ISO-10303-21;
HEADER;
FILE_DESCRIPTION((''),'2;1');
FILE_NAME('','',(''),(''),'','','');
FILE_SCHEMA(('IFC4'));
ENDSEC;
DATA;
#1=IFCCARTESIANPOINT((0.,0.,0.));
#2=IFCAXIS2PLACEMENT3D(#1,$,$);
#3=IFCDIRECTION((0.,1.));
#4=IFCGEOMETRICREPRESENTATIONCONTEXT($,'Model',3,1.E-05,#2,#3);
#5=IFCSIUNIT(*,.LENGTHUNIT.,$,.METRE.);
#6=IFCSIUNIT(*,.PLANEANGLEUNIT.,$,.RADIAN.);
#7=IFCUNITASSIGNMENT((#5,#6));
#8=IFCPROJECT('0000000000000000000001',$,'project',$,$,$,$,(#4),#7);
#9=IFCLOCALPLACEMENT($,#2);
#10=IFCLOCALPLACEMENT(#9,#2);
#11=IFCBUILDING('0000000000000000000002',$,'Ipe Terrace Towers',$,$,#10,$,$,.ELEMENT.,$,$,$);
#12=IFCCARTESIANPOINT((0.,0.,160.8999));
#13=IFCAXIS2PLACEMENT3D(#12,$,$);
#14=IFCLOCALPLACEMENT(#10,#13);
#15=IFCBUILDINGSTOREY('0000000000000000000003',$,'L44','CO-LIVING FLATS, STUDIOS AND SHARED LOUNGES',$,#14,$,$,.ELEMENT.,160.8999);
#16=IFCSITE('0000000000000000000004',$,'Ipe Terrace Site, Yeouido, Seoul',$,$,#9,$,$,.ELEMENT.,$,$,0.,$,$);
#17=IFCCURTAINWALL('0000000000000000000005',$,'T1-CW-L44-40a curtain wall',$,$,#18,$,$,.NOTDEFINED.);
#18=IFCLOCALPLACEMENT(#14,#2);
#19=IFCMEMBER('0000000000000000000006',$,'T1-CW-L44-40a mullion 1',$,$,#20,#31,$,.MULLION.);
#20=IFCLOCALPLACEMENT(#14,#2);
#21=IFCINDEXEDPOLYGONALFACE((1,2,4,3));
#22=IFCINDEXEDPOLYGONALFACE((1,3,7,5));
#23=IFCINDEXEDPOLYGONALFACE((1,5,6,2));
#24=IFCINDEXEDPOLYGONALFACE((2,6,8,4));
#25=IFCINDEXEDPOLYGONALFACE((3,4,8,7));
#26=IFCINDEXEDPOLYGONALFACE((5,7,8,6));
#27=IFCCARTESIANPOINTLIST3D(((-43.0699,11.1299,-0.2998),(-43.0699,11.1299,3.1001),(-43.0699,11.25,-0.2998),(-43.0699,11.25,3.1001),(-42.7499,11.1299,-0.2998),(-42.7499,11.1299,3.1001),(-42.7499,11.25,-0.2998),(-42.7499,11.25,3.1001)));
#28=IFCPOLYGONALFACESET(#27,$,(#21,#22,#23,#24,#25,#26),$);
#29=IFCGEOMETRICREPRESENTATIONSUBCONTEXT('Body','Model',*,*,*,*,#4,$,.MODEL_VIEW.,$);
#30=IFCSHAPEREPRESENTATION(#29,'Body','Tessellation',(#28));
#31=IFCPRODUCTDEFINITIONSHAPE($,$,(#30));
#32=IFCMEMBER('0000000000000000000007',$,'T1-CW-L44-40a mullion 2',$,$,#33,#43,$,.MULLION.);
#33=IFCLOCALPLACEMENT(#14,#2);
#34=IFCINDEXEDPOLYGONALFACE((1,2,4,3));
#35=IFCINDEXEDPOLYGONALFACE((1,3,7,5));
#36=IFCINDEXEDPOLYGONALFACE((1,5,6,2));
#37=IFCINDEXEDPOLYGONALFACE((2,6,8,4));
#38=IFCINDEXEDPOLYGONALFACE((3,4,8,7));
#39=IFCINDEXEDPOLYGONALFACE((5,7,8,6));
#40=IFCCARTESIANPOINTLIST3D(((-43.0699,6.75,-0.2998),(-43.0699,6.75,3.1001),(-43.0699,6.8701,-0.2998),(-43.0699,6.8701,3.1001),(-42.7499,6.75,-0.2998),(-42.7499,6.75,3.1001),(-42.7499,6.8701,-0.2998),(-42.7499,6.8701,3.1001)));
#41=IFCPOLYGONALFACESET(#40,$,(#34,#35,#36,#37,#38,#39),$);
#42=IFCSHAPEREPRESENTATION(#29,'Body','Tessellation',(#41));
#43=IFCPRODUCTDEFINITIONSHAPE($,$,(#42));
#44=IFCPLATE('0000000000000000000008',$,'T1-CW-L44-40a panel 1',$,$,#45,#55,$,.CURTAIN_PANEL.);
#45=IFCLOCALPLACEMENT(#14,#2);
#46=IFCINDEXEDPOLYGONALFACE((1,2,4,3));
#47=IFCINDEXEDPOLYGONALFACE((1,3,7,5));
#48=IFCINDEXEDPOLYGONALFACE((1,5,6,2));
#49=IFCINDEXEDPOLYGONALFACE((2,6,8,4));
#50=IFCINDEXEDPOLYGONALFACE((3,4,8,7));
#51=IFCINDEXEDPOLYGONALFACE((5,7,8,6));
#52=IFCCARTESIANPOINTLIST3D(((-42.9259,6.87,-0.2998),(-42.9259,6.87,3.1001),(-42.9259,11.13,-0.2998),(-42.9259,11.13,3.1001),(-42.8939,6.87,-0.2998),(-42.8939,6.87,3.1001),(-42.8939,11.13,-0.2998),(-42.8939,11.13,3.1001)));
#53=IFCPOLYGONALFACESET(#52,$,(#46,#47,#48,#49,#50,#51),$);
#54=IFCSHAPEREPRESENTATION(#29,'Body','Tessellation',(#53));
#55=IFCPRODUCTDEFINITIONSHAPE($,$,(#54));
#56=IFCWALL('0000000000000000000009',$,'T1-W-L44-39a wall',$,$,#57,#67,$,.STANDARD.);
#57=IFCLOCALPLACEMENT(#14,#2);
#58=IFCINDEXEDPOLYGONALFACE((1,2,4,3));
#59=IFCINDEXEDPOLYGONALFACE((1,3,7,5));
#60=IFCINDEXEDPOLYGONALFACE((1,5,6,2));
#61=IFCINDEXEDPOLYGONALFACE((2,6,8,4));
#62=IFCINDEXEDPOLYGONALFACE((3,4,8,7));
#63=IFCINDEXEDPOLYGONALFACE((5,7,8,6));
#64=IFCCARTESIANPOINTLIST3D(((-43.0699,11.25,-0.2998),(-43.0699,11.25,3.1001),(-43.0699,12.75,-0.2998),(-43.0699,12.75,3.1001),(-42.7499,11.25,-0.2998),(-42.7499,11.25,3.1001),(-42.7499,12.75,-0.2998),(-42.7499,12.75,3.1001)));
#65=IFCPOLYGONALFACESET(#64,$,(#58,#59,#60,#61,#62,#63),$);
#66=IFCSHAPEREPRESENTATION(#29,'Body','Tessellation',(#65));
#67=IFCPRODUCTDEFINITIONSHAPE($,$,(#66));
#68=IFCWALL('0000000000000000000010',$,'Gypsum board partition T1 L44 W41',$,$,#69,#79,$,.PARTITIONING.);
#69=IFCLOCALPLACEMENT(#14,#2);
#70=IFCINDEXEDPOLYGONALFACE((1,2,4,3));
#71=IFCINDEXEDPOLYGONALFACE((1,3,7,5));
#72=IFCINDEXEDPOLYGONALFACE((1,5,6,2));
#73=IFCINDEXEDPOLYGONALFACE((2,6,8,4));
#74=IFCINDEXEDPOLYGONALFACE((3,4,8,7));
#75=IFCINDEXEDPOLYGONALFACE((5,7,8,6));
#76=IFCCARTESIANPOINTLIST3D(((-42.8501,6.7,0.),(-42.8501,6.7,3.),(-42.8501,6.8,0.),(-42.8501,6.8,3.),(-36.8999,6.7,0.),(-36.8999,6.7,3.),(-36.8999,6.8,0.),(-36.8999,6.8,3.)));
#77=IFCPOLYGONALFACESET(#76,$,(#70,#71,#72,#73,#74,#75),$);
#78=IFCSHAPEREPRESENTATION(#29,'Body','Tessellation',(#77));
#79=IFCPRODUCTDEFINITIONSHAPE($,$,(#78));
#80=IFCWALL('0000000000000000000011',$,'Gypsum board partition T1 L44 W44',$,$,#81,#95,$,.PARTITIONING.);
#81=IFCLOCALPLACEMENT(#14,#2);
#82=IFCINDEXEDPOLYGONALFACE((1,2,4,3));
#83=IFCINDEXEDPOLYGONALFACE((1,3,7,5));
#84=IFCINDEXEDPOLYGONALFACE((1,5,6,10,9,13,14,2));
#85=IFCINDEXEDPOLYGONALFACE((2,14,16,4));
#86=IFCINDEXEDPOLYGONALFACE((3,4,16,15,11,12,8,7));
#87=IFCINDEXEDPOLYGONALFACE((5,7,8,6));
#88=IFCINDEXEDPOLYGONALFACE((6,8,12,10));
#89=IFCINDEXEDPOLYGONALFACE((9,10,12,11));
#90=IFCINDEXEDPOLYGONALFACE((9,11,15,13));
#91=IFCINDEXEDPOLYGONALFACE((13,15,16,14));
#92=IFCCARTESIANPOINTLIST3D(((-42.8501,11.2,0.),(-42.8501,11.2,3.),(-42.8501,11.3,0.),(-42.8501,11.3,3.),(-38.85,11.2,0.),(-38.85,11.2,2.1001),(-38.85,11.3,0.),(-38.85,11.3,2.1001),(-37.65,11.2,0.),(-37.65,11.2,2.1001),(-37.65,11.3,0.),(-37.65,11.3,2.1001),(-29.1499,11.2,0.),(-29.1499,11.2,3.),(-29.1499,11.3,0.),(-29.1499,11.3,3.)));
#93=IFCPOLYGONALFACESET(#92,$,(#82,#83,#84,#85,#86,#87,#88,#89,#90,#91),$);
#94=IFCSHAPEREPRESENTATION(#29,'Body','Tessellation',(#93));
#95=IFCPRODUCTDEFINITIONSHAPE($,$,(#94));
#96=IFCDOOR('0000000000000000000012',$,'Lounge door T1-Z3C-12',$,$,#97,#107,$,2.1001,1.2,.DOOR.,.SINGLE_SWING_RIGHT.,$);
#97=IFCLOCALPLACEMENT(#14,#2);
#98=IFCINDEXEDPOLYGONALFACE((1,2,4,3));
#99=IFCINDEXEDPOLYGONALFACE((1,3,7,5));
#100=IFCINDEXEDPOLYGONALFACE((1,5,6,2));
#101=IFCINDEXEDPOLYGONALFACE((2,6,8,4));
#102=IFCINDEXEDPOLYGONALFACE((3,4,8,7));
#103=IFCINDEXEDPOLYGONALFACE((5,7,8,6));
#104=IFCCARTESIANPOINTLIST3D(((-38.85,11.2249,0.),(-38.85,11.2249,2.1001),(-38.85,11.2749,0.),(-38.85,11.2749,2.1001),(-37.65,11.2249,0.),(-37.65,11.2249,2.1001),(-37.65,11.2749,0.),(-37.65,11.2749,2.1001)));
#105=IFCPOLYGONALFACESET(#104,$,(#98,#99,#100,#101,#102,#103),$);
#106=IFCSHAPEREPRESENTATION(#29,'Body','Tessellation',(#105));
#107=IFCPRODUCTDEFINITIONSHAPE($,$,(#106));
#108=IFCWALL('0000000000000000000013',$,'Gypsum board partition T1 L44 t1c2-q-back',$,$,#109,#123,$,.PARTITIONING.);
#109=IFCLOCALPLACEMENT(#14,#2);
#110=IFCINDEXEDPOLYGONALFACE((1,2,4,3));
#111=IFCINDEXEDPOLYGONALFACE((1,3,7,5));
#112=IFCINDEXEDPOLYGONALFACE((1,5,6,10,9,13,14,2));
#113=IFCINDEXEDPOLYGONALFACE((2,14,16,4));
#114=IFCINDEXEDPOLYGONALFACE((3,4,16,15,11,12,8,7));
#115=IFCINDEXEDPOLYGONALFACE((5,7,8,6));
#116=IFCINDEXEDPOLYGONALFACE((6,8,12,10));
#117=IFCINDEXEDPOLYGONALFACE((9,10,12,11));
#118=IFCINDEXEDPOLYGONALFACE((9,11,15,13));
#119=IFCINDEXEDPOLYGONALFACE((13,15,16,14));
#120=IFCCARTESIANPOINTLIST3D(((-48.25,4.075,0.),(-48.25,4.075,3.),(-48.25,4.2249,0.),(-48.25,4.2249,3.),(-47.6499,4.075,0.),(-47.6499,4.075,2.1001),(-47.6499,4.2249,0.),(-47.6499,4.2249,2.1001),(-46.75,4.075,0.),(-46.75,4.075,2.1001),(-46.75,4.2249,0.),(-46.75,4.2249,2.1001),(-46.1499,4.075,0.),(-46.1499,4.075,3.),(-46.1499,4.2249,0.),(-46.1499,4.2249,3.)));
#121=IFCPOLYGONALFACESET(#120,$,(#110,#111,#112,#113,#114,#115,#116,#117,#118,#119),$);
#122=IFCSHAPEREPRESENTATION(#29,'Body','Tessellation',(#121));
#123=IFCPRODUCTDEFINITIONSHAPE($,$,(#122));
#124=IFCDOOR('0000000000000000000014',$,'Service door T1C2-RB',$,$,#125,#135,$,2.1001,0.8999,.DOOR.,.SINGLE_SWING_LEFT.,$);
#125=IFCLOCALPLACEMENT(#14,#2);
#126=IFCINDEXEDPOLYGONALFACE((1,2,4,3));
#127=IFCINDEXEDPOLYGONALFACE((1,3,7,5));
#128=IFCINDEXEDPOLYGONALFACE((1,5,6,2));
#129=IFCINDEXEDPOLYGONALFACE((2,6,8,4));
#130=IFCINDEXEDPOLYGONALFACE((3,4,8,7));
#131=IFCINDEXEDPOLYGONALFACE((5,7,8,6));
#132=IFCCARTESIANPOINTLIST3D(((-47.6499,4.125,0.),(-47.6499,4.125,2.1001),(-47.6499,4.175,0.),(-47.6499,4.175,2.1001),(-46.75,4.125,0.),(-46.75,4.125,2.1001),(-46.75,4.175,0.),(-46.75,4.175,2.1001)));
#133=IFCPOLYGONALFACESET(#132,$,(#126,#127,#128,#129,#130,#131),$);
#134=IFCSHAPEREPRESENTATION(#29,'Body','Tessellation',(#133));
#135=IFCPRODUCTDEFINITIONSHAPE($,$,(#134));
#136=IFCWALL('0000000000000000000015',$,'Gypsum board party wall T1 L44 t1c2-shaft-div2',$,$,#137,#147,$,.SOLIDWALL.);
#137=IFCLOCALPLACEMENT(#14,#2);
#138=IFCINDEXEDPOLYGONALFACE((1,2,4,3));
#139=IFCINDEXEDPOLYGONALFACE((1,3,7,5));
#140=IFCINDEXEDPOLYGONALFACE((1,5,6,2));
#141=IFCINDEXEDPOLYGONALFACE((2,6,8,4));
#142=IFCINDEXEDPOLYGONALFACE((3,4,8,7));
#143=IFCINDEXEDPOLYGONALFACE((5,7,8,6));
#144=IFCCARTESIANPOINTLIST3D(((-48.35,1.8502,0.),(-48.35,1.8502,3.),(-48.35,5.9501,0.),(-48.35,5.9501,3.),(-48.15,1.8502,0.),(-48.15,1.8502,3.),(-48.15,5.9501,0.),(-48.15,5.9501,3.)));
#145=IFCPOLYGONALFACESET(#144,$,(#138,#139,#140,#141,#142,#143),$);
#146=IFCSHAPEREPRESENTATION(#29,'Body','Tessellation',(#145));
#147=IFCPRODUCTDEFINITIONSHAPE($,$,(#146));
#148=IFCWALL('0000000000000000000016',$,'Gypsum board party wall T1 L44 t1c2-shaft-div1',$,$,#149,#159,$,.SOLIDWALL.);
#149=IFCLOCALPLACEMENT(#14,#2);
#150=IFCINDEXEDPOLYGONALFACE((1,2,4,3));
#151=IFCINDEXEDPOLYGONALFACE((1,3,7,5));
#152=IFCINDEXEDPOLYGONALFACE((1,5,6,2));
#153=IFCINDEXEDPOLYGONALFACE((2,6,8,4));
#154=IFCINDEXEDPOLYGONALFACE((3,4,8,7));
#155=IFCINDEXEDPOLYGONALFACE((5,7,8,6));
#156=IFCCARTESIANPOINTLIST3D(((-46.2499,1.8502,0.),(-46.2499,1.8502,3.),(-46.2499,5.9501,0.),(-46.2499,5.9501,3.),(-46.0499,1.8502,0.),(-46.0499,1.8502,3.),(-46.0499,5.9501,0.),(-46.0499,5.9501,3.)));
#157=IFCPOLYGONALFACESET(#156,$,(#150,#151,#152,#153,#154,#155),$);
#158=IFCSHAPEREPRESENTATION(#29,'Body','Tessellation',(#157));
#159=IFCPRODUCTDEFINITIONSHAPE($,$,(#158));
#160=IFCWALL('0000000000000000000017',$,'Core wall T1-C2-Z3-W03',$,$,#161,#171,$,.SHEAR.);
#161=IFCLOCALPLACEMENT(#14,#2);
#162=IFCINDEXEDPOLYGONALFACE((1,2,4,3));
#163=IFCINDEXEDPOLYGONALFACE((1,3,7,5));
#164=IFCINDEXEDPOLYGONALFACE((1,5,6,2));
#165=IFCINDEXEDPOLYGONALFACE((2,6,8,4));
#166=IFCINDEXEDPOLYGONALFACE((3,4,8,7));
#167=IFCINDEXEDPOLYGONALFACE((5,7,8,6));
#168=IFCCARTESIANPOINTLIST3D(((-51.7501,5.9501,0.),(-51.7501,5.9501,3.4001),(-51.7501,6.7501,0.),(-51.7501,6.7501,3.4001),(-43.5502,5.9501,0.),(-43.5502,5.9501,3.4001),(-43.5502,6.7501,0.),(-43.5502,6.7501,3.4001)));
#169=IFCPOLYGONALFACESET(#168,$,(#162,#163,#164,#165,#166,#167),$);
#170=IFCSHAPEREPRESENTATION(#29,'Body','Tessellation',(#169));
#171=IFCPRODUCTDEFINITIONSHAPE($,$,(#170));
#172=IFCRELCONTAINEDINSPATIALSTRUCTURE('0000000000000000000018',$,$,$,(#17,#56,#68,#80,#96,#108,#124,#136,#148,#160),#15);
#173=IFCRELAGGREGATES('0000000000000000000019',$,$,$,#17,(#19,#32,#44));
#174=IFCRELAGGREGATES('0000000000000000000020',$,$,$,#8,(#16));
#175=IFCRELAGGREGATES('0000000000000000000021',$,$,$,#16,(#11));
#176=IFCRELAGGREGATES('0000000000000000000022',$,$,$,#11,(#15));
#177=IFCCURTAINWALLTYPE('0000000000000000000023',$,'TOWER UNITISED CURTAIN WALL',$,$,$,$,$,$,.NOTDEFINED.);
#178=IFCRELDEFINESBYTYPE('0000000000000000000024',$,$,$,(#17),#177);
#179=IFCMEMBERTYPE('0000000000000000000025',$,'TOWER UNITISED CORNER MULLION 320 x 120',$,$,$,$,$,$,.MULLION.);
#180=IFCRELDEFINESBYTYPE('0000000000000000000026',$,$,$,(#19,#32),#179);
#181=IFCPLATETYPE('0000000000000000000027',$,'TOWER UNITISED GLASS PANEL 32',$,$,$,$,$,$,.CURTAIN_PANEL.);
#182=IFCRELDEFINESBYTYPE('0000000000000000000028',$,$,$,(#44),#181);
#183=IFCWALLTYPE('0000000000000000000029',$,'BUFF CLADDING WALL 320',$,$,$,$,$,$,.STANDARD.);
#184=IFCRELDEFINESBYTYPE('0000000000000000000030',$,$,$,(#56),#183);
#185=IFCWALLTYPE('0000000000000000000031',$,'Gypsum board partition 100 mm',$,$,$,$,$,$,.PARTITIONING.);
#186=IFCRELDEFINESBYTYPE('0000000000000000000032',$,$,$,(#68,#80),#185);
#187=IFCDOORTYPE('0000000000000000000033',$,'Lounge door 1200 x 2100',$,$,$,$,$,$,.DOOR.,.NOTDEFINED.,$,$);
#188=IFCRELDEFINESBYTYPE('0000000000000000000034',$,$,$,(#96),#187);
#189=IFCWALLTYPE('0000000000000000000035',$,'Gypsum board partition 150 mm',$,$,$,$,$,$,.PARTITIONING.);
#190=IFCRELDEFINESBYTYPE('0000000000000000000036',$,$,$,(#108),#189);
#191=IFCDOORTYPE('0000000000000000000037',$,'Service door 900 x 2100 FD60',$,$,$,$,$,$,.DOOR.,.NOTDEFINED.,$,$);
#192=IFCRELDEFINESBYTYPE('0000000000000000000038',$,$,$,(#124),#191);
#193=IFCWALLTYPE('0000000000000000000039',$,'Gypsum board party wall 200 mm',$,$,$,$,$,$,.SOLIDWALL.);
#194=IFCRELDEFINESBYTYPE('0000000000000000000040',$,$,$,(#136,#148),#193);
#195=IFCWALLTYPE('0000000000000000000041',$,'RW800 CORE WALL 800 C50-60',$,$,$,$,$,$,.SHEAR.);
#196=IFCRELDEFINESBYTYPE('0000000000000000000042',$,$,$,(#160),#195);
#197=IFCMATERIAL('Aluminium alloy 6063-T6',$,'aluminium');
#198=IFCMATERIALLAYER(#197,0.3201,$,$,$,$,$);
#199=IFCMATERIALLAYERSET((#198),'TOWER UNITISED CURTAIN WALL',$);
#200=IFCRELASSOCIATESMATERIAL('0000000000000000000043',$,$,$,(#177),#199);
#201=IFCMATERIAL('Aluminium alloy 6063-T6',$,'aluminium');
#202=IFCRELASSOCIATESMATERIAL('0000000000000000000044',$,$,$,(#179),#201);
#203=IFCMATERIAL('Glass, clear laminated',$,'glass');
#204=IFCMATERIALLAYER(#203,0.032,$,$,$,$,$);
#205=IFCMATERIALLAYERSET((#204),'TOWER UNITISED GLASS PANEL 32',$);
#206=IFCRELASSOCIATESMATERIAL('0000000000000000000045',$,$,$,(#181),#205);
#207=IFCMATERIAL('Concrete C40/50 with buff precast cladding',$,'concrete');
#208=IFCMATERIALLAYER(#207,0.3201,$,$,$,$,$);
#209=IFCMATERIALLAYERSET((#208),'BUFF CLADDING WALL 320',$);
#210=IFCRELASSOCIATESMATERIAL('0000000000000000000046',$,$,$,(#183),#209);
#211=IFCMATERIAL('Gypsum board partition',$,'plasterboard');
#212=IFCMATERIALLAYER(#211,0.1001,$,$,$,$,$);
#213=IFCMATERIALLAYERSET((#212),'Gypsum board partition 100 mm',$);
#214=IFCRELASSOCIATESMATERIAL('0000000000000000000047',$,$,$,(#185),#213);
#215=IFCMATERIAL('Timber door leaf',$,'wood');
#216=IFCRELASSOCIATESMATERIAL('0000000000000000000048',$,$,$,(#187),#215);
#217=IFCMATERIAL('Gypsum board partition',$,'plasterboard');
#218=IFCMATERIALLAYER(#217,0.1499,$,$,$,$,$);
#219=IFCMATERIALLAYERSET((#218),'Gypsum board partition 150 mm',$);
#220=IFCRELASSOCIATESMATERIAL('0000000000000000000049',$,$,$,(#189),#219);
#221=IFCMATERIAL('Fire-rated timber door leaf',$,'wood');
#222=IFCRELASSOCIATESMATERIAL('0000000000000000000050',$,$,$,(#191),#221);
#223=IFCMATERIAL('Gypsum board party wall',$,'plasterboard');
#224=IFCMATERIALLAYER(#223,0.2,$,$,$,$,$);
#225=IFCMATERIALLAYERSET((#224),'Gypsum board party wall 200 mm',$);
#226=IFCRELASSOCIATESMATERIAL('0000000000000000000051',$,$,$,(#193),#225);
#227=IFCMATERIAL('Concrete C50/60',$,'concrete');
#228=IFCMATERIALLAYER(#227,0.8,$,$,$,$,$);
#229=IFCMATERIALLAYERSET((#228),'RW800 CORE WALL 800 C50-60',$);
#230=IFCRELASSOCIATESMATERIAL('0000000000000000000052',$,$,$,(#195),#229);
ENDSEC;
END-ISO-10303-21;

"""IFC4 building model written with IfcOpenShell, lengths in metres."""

from ifc_helpers import new_model, si_unit, direction, frame, frame_2d, origin, origin_2d, place, context, subcontext, project, spatial, rectangle, extrude, material, layer, layer_set, material_profile, profile_set, type_object, element, fill, aggregate, save


model = new_model("IFC4")

# Units and contexts
model_context = context("Model", 3, precision=1e-05, world=origin(), true_north=direction((0.0, 1.0)))
body_context = subcontext(model_context, "Body", "Model", "MODEL_VIEW")
ifc_project = project(units=[si_unit("LENGTHUNIT", "METRE"), si_unit("PLANEANGLEUNIT", "RADIAN")], contexts=[model_context])

# Site, building, storey
site_placement = place(None, origin())
site = spatial("IfcSite", under=ifc_project, at=site_placement, Name="Ipe Terrace Site, Yeouido, Seoul", CompositionType="ELEMENT", RefElevation=0.0)
building_placement = place(site_placement, origin())
building = spatial("IfcBuilding", under=site, at=building_placement, Name="Ipe Terrace Towers", CompositionType="ELEMENT")
storey_placement = place(building_placement, frame((0.0, 0.0, 160.8999)))
storey = spatial("IfcBuildingStorey", under=building, at=storey_placement, Name="L44", Description="CO-LIVING FLATS, STUDIOS AND SHARED LOUNGES", CompositionType="ELEMENT", Elevation=160.8999)

# Curtain wall, members, plate
ifc_material_1 = material(Name="Aluminium alloy 6063-T6", Category="aluminium")
ifc_layer_1 = layer(ifc_material_1, 0.3201)
ifc_layer_set_1 = layer_set([ifc_layer_1], Name="TOWER UNITISED CURTAIN WALL")
curtain_wall_type = type_object("IfcCurtainWallType", Name="TOWER UNITISED CURTAIN WALL", PredefinedType="NOTDEFINED", material=ifc_layer_set_1)
curtain_wall_placement = place(storey_placement, origin())
curtain_wall = element("IfcCurtainWall", 1, at=curtain_wall_placement, inside=storey, type_object=curtain_wall_type, Name="T1-CW-L44-40a curtain wall", PredefinedType="NOTDEFINED")
ifc_material_2 = material(Name="Aluminium alloy 6063-T6", Category="aluminium")
ifc_material_profile = material_profile(ifc_material_2, rectangle(XDim=0.3201, YDim=0.1201, at=origin_2d()), Name="TOWER UNITISED CORNER MULLION 320 x 120")
ifc_profile_set = profile_set([ifc_material_profile], Name="Aluminium alloy 6063-T6")
member_type = type_object("IfcMemberType", Name="TOWER UNITISED CORNER MULLION 320 x 120", PredefinedType="MULLION", material=ifc_profile_set)
member_1_placement = place(storey_placement, frame((-42.9099, 11.1899, -0.2998), z_axis=(0.0, 0.0, 1.0), x_axis=(-1.0, 0.0, 0.0)))
member_1 = element("IfcMember", 2, at=member_1_placement, type_object=member_type, Name="T1-CW-L44-40a mullion 1", PredefinedType="MULLION", context=body_context, shape_type="SweptSolid", body=[
    extrude(rectangle(XDim=0.3201, YDim=0.1201, at=origin_2d()), origin(), (0.0, 0.0, 1.0), 3.3999),
])
member_2_placement = place(storey_placement, frame((-42.9099, 6.8101, -0.2998), z_axis=(0.0, 0.0, 1.0), x_axis=(-1.0, 0.0, 0.0)))
member_2 = element("IfcMember", 3, at=member_2_placement, type_object=member_type, Name="T1-CW-L44-40a mullion 2", PredefinedType="MULLION", context=body_context, shape_type="SweptSolid", body=[
    extrude(rectangle(XDim=0.3201, YDim=0.1201, at=origin_2d()), origin(), (0.0, 0.0, 1.0), 3.3999),
])
ifc_material_3 = material(Name="Glass, clear laminated", Category="glass")
ifc_layer_2 = layer(ifc_material_3, 0.032)
ifc_layer_set_2 = layer_set([ifc_layer_2], Name="TOWER UNITISED GLASS PANEL 32")
plate_type = type_object("IfcPlateType", Name="TOWER UNITISED GLASS PANEL 32", PredefinedType="CURTAIN_PANEL", material=ifc_layer_set_2)
plate_placement = place(storey_placement, frame((-42.9099, 9.0, -0.2998), z_axis=(0.0, 0.0, 1.0), x_axis=(0.0, -1.0, 0.0)))
plate = element("IfcPlate", 4, at=plate_placement, type_object=plate_type, Name="T1-CW-L44-40a panel 1", PredefinedType="CURTAIN_PANEL", context=body_context, shape_type="SweptSolid", body=[
    extrude(rectangle(XDim=4.26, YDim=0.032, at=origin_2d()), origin(), (0.0, 0.0, 1.0), 3.3999),
])
aggregate(curtain_wall, [member_1, member_2, plate])

# Walls
ifc_material_4 = material(Name="Concrete C40/50 with buff precast cladding", Category="concrete")
ifc_layer_3 = layer(ifc_material_4, 0.3201)
ifc_layer_set_3 = layer_set([ifc_layer_3], Name="BUFF CLADDING WALL 320")
wall_type_1 = type_object("IfcWallType", Name="BUFF CLADDING WALL 320", PredefinedType="STANDARD", material=ifc_layer_set_3)
wall_1_placement = place(storey_placement, frame((-42.9099, 12.75, -0.2998), z_axis=(0.0, 0.0, 1.0), x_axis=(0.0, -1.0, 0.0)))
element("IfcWall", 5, at=wall_1_placement, inside=storey, type_object=wall_type_1, Name="T1-W-L44-39a wall", PredefinedType="STANDARD", context=body_context, shape_type="SweptSolid", body=[
    extrude(rectangle(XDim=1.5, YDim=0.3201, at=frame_2d((0.75, 0.0))), origin(), (0.0, 0.0, 1.0), 3.3999),
])
ifc_material_5 = material(Name="Gypsum board partition", Category="plasterboard")
ifc_layer_4 = layer(ifc_material_5, 0.1001)
ifc_layer_set_4 = layer_set([ifc_layer_4], Name="Gypsum board partition 100 mm")
wall_type_2 = type_object("IfcWallType", Name="Gypsum board partition 100 mm", PredefinedType="PARTITIONING", material=ifc_layer_set_4)
wall_2_placement = place(storey_placement, frame((-42.8501, 6.75, 0.0), z_axis=(0.0, 0.0, 1.0), x_axis=(1.0, 0.0, 0.0)))
element("IfcWall", 6, at=wall_2_placement, inside=storey, type_object=wall_type_2, Name="Gypsum board partition T1 L44 W41", PredefinedType="PARTITIONING", context=body_context, shape_type="SweptSolid", body=[
    extrude(rectangle(XDim=5.9502, YDim=0.1001, at=frame_2d((2.9751, 0.0))), origin(), (0.0, 0.0, 1.0), 3.0),
])

# Walls, openings, doors
wall_3_placement = place(storey_placement, frame((-42.8501, 11.25, 0.0), z_axis=(0.0, 0.0, 1.0), x_axis=(1.0, 0.0, 0.0)))
wall_3 = element("IfcWall", 7, at=wall_3_placement, inside=storey, type_object=wall_type_2, Name="Gypsum board partition T1 L44 W44", PredefinedType="PARTITIONING", context=body_context, shape_type="SweptSolid", body=[
    extrude(rectangle(XDim=13.7002, YDim=0.1001, at=frame_2d((6.8501, 0.0))), origin(), (0.0, 0.0, 1.0), 3.0),
])
opening_1_placement = place(wall_3_placement, frame((4.0, 0.0, 0.0)))
opening_1 = element("IfcOpeningElement", 8, at=opening_1_placement, cuts=wall_3, PredefinedType="OPENING", context=body_context, shape_type="SweptSolid", body=[
    extrude(rectangle(XDim=1.2, YDim=2.1001, at=frame_2d((0.6001, 1.05))), frame((0.0, 0.0601, 0.0), z_axis=(0.0, -1.0, 0.0), x_axis=(1.0, 0.0, 0.0)), (0.0, 0.0, 1.0), 0.1201),
])
ifc_material_6 = material(Name="Timber door leaf", Category="wood")
door_type_1 = type_object("IfcDoorType", Name="Lounge door 1200 x 2100", OperationType="NOTDEFINED", PredefinedType="DOOR", material=ifc_material_6)
door_1_placement = place(opening_1_placement, origin())
door_1 = element("IfcDoor", 9, at=door_1_placement, inside=storey, type_object=door_type_1, Name="Lounge door T1-Z3C-12", OperationType="SINGLE_SWING_RIGHT", OverallHeight=2.1001, OverallWidth=1.2, PredefinedType="DOOR", context=body_context, shape_type="SweptSolid", body=[
    extrude(rectangle(XDim=1.2, YDim=2.1001, at=frame_2d((0.6001, 1.05))), frame((0.0, 0.0249, 0.0), z_axis=(0.0, -1.0, 0.0), x_axis=(1.0, 0.0, 0.0)), (0.0, 0.0, 1.0), 0.05),
])
fill(opening_1, door_1)
ifc_material_7 = material(Name="Gypsum board partition", Category="plasterboard")
ifc_layer_5 = layer(ifc_material_7, 0.1499)
ifc_layer_set_5 = layer_set([ifc_layer_5], Name="Gypsum board partition 150 mm")
wall_type_3 = type_object("IfcWallType", Name="Gypsum board partition 150 mm", PredefinedType="PARTITIONING", material=ifc_layer_set_5)
wall_4_placement = place(storey_placement, frame((-46.1499, 4.1499, 0.0), z_axis=(0.0, 0.0, 1.0), x_axis=(-1.0, 0.0, 0.0)))
wall_4 = element("IfcWall", 10, at=wall_4_placement, inside=storey, type_object=wall_type_3, Name="Gypsum board partition T1 L44 t1c2-q-back", PredefinedType="PARTITIONING", context=body_context, shape_type="SweptSolid", body=[
    extrude(rectangle(XDim=2.1001, YDim=0.1499, at=frame_2d((1.05, 0.0))), origin(), (0.0, 0.0, 1.0), 3.0),
])
opening_2_placement = place(wall_4_placement, frame((0.6001, 0.0, 0.0)))
opening_2 = element("IfcOpeningElement", 11, at=opening_2_placement, cuts=wall_4, PredefinedType="OPENING", context=body_context, shape_type="SweptSolid", body=[
    extrude(rectangle(XDim=0.8999, YDim=2.1001, at=frame_2d((0.45, 1.05))), frame((0.0, 0.085, 0.0), z_axis=(0.0, -1.0, 0.0), x_axis=(1.0, 0.0, 0.0)), (0.0, 0.0, 1.0), 0.1699),
])
ifc_material_8 = material(Name="Fire-rated timber door leaf", Category="wood")
door_type_2 = type_object("IfcDoorType", Name="Service door 900 x 2100 FD60", OperationType="NOTDEFINED", PredefinedType="DOOR", material=ifc_material_8)
door_2_placement = place(opening_2_placement, origin())
door_2 = element("IfcDoor", 12, at=door_2_placement, inside=storey, type_object=door_type_2, Name="Service door T1C2-RB", OperationType="SINGLE_SWING_LEFT", OverallHeight=2.1001, OverallWidth=0.8999, PredefinedType="DOOR", context=body_context, shape_type="SweptSolid", body=[
    extrude(rectangle(XDim=0.8999, YDim=2.1001, at=frame_2d((0.45, 1.05))), frame((0.0, 0.0249, 0.0), z_axis=(0.0, -1.0, 0.0), x_axis=(1.0, 0.0, 0.0)), (0.0, 0.0, 1.0), 0.05),
])
fill(opening_2, door_2)

# Walls
ifc_material_9 = material(Name="Gypsum board party wall", Category="plasterboard")
ifc_layer_6 = layer(ifc_material_9, 0.2)
ifc_layer_set_6 = layer_set([ifc_layer_6], Name="Gypsum board party wall 200 mm")
wall_type_4 = type_object("IfcWallType", Name="Gypsum board party wall 200 mm", PredefinedType="SOLIDWALL", material=ifc_layer_set_6)
for number, where, z_axis, x_axis, name in (
    (13, (-48.25, 5.95, 0.0), (0.0, 0.0, 1.0), (0.0, -1.0, 0.0), "Gypsum board party wall T1 L44 t1c2-shaft-div2"),
    (14, (-46.1499, 5.95, 0.0), (0.0, 0.0, 1.0), (0.0, -1.0, 0.0), "Gypsum board party wall T1 L44 t1c2-shaft-div1"),
):
    element("IfcWall", number, at=place(storey_placement, frame(where, z_axis=z_axis, x_axis=x_axis)), inside=storey, type_object=wall_type_4, Name=name, PredefinedType="SOLIDWALL", context=body_context, shape_type="SweptSolid", body=[
        extrude(rectangle(XDim=4.0999, YDim=0.2, at=frame_2d((2.0498, 0.0))), origin(), (0.0, 0.0, 1.0), 3.0),
    ])
ifc_material_10 = material(Name="Concrete C50/60", Category="concrete")
ifc_layer_7 = layer(ifc_material_10, 0.8)
ifc_layer_set_7 = layer_set([ifc_layer_7], Name="RW800 CORE WALL 800 C50-60")
wall_type_5 = type_object("IfcWallType", Name="RW800 CORE WALL 800 C50-60", PredefinedType="SHEAR", material=ifc_layer_set_7)
wall_5_placement = place(storey_placement, frame((-43.55, 6.3501, 0.0), z_axis=(0.0, 0.0, 1.0), x_axis=(-1.0, 0.0, 0.0)))
element("IfcWall", 15, at=wall_5_placement, inside=storey, type_object=wall_type_5, Name="Core wall T1-C2-Z3-W03", PredefinedType="SHEAR", context=body_context, shape_type="SweptSolid", body=[
    extrude(rectangle(XDim=8.2, YDim=0.8, at=frame_2d((4.1001, 0.0))), origin(), (0.0, 0.0, 1.0), 3.4001),
])

save(model, "model.ifc")
